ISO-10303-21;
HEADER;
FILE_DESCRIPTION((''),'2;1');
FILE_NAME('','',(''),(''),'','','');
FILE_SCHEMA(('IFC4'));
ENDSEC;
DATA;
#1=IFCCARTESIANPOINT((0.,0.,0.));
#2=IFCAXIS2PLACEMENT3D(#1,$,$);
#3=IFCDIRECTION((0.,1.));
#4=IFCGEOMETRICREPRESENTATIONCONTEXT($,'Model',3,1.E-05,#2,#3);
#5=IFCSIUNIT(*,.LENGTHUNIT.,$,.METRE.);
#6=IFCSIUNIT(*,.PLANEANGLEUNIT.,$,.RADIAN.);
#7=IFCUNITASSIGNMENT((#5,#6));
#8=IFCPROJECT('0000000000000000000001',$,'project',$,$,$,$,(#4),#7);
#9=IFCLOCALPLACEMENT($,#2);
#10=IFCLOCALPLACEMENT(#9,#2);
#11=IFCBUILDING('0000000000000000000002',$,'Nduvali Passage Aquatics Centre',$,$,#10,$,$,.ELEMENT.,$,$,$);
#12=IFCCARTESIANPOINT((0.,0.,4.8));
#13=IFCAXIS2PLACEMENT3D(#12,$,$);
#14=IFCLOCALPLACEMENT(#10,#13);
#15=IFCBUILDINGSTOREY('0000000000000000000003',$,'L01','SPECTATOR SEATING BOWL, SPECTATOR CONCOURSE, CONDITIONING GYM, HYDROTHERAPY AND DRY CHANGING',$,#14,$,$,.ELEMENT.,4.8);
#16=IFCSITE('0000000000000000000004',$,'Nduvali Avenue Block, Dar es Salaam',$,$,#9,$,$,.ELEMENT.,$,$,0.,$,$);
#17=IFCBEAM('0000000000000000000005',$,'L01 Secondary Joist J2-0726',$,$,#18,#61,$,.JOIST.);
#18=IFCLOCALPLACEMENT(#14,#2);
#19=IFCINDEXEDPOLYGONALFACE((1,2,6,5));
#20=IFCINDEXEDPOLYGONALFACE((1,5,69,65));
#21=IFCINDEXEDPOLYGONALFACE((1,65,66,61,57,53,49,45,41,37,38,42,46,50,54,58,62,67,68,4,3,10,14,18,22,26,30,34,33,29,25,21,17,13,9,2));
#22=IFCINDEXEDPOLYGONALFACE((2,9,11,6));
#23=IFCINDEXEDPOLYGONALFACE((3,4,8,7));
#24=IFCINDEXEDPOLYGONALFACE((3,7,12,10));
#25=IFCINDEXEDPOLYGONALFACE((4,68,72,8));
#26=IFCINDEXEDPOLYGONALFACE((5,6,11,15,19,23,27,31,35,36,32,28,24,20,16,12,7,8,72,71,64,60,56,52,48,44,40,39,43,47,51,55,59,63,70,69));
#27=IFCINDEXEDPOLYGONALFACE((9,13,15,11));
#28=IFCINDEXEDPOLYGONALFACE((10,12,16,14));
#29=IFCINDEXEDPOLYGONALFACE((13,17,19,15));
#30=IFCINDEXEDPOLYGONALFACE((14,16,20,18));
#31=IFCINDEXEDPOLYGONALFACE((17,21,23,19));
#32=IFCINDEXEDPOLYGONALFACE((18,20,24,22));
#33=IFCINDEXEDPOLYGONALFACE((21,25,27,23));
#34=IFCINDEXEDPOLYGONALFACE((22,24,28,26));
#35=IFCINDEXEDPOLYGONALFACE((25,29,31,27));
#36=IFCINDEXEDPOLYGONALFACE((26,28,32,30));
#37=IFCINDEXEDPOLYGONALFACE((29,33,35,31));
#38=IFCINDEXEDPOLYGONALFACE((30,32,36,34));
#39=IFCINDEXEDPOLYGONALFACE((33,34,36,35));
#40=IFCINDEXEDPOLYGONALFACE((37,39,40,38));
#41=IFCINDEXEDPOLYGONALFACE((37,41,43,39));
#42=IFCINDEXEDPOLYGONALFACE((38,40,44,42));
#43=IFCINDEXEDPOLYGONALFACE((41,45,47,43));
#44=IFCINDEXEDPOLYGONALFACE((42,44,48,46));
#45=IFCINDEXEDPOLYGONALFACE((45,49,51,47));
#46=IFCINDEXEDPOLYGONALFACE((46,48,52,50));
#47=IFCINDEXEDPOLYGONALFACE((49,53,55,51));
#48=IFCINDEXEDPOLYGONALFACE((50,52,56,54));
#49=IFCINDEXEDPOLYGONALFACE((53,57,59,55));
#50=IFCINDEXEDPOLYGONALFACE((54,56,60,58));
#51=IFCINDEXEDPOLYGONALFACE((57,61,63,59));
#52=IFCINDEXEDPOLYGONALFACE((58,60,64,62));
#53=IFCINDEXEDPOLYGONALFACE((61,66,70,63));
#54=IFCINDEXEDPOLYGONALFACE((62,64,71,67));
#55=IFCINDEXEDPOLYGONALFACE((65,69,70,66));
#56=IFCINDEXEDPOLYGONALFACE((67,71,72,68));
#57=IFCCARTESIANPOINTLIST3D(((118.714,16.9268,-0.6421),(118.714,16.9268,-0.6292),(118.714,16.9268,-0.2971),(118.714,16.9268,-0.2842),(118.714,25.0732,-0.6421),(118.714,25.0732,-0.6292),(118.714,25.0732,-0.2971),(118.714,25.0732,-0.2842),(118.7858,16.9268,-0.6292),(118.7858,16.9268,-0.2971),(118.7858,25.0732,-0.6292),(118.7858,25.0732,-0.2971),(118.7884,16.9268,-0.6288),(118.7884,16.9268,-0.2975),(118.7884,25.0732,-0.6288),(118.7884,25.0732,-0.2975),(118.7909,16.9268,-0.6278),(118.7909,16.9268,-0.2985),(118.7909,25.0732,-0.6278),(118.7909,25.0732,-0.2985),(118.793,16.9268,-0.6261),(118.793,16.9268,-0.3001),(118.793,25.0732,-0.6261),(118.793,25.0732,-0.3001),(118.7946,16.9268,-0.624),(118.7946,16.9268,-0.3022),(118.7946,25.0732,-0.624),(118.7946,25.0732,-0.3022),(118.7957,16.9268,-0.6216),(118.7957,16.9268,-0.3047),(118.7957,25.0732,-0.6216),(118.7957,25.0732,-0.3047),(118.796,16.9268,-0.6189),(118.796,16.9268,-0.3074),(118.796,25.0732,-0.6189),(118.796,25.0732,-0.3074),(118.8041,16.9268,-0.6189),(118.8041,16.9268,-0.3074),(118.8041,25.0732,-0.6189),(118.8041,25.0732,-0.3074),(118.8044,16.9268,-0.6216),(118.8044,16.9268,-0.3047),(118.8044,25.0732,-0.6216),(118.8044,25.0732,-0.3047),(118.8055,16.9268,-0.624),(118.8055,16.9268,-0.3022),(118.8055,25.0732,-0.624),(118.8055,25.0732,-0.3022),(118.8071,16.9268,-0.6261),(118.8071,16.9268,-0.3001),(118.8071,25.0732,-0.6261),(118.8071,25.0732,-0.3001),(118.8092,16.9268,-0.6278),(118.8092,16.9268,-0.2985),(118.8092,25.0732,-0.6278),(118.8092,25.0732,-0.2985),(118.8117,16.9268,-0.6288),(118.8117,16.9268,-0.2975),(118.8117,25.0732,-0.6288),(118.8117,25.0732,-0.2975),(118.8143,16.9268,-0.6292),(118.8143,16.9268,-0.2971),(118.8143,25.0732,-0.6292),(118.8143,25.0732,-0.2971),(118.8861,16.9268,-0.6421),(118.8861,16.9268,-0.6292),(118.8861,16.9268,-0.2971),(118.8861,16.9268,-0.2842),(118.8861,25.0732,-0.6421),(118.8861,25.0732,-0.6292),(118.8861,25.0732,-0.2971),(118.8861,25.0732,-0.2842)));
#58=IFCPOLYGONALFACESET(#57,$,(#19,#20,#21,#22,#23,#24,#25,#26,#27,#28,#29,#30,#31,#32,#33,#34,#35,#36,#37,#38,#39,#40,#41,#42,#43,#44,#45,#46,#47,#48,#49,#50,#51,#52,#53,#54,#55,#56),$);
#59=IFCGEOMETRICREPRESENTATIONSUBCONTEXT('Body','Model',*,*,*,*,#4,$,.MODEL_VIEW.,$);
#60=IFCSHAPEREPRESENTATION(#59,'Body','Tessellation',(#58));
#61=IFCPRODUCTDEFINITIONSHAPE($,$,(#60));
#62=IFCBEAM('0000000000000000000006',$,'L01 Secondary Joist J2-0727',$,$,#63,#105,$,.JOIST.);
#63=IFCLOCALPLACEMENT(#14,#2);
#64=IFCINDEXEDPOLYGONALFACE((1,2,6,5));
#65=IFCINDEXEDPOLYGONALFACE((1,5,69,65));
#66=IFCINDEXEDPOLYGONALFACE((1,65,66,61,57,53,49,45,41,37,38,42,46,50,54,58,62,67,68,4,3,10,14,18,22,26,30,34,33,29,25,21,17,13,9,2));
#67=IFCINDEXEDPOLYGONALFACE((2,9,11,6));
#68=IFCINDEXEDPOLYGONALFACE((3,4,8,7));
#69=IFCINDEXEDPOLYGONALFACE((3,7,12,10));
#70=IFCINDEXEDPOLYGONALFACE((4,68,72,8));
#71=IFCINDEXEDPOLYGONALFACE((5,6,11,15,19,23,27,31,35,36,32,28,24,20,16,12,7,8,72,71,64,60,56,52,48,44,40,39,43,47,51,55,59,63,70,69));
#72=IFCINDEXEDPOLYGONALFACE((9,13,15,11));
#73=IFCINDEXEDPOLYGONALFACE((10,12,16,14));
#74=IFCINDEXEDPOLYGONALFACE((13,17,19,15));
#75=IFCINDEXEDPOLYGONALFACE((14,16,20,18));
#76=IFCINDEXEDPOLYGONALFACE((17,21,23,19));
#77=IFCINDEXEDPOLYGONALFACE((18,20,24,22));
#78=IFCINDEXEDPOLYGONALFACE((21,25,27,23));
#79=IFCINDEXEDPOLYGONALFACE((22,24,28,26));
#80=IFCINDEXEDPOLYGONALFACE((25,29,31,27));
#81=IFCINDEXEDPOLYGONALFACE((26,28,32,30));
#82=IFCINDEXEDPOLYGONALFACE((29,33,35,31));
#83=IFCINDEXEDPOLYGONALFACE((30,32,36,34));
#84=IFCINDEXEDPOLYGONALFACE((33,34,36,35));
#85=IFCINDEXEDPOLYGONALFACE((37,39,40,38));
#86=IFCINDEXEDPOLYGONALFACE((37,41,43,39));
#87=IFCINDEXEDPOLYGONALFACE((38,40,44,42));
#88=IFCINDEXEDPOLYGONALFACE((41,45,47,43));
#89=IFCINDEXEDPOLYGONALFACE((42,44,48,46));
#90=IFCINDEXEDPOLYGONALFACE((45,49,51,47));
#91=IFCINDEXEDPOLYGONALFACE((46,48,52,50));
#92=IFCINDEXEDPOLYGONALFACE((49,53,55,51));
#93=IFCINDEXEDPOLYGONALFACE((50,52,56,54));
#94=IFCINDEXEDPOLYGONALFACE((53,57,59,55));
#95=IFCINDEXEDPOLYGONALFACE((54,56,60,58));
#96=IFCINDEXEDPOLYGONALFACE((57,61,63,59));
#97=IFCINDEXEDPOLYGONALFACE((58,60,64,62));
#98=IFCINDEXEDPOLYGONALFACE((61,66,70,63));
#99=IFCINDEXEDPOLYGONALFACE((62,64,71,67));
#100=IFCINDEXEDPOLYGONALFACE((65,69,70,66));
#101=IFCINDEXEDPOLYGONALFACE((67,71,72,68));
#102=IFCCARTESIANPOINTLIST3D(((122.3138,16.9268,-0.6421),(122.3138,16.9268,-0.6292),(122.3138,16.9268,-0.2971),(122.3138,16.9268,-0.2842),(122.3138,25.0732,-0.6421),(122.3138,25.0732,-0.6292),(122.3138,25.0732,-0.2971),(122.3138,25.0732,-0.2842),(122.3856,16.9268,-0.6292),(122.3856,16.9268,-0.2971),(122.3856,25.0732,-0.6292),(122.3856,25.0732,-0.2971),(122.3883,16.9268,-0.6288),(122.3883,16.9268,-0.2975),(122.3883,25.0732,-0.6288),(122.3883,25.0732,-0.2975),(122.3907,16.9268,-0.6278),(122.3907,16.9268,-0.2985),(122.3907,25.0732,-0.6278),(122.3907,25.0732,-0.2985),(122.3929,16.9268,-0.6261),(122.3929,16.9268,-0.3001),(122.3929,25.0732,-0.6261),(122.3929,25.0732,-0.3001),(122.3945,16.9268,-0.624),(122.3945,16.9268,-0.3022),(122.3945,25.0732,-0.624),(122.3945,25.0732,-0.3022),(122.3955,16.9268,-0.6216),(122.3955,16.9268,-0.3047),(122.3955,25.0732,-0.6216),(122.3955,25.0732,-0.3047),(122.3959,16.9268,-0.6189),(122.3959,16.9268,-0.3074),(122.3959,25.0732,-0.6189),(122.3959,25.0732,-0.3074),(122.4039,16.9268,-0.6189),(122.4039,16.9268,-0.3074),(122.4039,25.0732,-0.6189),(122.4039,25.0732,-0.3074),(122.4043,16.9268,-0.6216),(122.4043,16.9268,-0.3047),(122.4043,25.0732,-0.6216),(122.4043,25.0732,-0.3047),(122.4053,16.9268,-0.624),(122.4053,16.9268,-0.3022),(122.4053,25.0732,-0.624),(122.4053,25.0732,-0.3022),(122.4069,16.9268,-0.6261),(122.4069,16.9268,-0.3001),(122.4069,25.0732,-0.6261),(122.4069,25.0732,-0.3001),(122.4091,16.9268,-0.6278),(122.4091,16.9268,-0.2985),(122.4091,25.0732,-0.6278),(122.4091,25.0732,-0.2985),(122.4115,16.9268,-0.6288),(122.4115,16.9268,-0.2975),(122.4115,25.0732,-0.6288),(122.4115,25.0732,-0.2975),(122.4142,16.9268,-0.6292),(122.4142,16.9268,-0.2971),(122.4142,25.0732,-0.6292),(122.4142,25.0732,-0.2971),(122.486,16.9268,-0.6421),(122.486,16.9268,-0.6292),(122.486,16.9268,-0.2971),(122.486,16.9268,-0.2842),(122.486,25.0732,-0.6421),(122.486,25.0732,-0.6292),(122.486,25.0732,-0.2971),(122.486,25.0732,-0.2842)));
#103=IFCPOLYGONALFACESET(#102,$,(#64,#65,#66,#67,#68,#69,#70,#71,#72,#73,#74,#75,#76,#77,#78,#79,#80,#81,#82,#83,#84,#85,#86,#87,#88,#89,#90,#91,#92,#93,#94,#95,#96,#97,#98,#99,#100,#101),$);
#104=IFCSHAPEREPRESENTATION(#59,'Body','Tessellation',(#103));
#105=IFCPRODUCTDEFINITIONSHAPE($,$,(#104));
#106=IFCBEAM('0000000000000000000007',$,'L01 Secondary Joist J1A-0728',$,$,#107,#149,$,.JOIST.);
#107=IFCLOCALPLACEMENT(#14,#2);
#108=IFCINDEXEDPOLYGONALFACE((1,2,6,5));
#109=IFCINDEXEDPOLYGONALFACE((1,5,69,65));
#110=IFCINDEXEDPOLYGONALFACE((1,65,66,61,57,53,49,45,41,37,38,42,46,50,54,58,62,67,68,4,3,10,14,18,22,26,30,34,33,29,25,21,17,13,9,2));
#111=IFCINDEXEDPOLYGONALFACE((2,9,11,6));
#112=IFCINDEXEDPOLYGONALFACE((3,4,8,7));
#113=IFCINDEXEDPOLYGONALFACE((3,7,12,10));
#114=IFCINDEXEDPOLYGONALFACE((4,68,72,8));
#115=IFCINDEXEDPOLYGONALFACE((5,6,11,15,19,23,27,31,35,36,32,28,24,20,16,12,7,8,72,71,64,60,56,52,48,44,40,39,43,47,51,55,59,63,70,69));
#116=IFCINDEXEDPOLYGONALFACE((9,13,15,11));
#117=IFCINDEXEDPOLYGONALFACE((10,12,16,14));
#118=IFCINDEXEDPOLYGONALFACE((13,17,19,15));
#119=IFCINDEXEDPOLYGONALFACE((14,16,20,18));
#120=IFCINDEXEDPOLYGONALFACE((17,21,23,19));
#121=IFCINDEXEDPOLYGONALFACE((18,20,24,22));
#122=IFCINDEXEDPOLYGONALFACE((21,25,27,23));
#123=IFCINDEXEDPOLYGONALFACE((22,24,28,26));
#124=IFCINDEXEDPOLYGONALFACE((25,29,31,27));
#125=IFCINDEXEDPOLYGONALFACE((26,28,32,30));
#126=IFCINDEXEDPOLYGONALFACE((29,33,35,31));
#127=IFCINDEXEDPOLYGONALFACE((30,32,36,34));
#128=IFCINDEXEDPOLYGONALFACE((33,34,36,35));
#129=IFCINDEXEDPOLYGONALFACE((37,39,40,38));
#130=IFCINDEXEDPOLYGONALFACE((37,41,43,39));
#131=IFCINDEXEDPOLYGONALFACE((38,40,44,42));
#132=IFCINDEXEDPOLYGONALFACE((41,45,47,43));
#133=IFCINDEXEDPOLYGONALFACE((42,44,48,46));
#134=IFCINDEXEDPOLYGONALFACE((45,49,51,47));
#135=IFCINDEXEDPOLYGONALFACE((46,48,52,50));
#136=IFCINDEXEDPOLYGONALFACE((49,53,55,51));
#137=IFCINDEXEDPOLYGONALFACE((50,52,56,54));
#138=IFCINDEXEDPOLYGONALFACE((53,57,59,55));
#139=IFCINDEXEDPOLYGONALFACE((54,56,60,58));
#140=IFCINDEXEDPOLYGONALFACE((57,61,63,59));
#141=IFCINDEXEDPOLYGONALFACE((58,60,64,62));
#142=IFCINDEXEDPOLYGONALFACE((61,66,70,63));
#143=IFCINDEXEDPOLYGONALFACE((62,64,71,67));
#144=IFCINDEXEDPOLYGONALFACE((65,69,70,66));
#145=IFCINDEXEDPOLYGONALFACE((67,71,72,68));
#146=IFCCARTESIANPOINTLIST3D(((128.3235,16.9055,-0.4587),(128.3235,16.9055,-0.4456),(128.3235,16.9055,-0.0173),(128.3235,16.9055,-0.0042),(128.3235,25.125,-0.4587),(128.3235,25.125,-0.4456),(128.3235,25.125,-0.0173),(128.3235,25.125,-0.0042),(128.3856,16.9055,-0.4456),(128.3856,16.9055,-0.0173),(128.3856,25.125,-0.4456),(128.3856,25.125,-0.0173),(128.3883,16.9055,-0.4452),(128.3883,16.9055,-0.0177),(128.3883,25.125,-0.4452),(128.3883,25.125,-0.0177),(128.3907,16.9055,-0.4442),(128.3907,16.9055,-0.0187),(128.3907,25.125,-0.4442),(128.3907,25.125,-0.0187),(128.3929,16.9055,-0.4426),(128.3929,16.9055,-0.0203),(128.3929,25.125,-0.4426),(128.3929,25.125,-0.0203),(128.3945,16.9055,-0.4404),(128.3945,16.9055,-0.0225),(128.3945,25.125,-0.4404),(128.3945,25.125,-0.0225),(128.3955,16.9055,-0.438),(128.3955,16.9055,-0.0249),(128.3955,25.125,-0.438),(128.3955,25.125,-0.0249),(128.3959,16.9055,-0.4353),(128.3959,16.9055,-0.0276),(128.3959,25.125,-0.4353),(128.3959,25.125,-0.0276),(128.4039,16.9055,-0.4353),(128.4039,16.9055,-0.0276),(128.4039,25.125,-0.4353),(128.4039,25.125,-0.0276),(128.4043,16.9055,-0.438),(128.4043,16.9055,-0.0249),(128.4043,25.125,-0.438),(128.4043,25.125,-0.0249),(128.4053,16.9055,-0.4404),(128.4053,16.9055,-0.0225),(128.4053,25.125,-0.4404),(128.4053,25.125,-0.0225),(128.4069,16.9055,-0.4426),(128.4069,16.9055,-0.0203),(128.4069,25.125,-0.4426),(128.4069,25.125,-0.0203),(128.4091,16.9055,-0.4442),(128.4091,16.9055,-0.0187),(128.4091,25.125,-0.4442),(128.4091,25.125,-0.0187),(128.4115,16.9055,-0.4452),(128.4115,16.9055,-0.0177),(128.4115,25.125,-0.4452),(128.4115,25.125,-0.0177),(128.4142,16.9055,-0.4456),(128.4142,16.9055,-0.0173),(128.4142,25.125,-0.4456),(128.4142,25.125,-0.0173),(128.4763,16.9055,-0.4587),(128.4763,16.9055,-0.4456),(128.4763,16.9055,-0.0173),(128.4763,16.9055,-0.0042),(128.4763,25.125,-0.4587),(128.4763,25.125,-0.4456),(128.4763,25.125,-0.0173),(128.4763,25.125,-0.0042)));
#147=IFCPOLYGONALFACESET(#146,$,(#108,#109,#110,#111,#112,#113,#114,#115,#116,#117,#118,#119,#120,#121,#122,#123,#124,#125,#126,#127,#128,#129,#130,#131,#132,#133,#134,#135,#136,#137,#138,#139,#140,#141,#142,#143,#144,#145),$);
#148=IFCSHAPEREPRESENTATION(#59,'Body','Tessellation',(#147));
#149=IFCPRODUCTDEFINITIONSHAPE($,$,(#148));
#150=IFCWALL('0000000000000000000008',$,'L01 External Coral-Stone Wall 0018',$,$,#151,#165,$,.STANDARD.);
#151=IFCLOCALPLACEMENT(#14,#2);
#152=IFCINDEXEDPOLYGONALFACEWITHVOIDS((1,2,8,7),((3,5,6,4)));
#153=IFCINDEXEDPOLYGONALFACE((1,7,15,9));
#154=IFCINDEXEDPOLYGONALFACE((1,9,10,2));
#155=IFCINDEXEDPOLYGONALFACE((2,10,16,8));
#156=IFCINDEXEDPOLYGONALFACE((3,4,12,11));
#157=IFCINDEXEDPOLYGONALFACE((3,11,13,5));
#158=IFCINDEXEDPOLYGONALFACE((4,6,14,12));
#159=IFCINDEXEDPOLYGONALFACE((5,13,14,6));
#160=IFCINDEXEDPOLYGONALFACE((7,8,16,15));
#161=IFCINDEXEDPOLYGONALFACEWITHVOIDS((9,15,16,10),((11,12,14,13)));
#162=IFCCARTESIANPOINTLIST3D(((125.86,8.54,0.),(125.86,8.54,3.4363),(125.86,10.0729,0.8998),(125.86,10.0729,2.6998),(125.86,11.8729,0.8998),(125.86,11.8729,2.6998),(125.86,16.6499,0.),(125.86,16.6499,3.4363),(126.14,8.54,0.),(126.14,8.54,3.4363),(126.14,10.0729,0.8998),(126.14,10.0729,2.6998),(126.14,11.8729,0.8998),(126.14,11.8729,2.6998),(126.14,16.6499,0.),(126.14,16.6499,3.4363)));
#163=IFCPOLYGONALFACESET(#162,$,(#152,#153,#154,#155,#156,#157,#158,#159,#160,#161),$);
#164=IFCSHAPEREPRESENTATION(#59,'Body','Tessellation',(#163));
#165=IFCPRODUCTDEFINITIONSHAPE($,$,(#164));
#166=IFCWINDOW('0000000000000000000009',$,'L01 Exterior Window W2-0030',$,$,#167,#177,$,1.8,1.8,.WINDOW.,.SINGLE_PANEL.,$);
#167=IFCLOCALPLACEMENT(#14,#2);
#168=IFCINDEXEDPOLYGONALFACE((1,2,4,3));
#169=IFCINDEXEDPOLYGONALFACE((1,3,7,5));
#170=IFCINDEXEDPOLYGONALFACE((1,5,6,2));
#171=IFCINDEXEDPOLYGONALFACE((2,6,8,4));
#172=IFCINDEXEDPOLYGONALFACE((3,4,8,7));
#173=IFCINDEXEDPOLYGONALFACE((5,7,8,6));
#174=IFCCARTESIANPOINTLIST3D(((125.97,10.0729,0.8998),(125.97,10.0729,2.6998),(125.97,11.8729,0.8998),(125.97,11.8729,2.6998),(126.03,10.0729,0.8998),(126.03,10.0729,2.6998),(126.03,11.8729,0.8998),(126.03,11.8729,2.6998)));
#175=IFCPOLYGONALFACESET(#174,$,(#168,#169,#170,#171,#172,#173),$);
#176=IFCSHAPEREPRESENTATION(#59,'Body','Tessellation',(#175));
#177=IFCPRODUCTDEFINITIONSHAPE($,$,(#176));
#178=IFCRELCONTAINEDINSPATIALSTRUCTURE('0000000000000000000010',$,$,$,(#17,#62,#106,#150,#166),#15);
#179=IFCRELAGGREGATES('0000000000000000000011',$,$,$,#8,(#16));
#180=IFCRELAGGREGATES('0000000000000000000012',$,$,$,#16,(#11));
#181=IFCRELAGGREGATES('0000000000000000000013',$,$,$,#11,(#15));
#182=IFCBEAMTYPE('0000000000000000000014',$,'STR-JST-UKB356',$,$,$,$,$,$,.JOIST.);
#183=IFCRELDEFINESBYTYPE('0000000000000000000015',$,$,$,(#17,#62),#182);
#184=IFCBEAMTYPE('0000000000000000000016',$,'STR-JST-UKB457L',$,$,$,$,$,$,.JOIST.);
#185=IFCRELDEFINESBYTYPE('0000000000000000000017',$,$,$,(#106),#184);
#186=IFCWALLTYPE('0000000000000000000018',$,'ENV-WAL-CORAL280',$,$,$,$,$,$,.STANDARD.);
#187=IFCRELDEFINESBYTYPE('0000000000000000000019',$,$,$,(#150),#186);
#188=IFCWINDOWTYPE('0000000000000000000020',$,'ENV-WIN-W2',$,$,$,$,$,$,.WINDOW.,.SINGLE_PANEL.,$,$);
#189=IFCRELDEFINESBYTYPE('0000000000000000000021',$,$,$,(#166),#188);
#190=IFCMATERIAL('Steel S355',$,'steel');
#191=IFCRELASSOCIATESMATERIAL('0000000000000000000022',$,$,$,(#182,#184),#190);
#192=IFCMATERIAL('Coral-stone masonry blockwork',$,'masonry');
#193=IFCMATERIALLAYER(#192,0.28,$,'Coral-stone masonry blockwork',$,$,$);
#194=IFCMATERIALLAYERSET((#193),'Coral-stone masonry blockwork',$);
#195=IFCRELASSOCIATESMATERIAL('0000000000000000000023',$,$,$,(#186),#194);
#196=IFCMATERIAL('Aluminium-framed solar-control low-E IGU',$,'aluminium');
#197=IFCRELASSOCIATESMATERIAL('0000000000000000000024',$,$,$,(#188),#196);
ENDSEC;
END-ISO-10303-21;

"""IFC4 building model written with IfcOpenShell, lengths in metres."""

from ifc_helpers import new_model, si_unit, direction, frame, frame_2d, origin, origin_2d, place, context, subcontext, project, spatial, rectangle, i_section, extrude, material, layer, layer_set, material_profile, profile_set, type_object, element, fill, save


model = new_model("IFC4")

# Units and contexts
model_context = context("Model", 3, precision=1e-05, world=origin(), true_north=direction((0.0, 1.0)))
body_context = subcontext(model_context, "Body", "Model", "MODEL_VIEW")
ifc_project = project(units=[si_unit("LENGTHUNIT", "METRE"), si_unit("PLANEANGLEUNIT", "RADIAN")], contexts=[model_context])

# Site, building, storey
site_placement = place(None, origin())
site = spatial("IfcSite", under=ifc_project, at=site_placement, Name="Nduvali Avenue Block, Dar es Salaam", CompositionType="ELEMENT", RefElevation=0.0)
building_placement = place(site_placement, origin())
building = spatial("IfcBuilding", under=site, at=building_placement, Name="Nduvali Passage Aquatics Centre", CompositionType="ELEMENT")
storey_placement = place(building_placement, frame((0.0, 0.0, 4.8)))
storey = spatial("IfcBuildingStorey", under=building, at=storey_placement, Name="L01", Description="SPECTATOR SEATING BOWL, SPECTATOR CONCOURSE, CONDITIONING GYM, HYDROTHERAPY AND DRY CHANGING", CompositionType="ELEMENT", Elevation=4.8)

# Shared definitions
ifc_material_1 = material(Name="Steel S355", Category="steel")

# Beams
ifc_material_profile_1 = material_profile(ifc_material_1, i_section(OverallWidth=0.1721, OverallDepth=0.3579, WebThickness=0.0081, FlangeThickness=0.0129, FilletRadius=0.0103, at=origin_2d()), Name="UKB 356x171x57")
ifc_profile_set_1 = profile_set([ifc_material_profile_1], Name="Steel S355")
beam_type_1 = type_object("IfcBeamType", Name="STR-JST-UKB356", PredefinedType="JOIST", material=ifc_profile_set_1)
for number, where, z_axis, x_axis, name in (
    (1, (118.8, 16.9268, -0.4631), (0.0, 1.0, 0.0), (-1.0, 0.0, 0.0), "L01 Secondary Joist J2-0726"),
    (2, (122.3999, 16.9268, -0.4631), (0.0, 1.0, 0.0), (-1.0, 0.0, 0.0), "L01 Secondary Joist J2-0727"),
):
    element("IfcBeam", number, at=place(storey_placement, frame(where, z_axis=z_axis, x_axis=x_axis)), inside=storey, type_object=beam_type_1, Name=name, PredefinedType="JOIST", context=body_context, shape_type="SweptSolid", body=[
        extrude(i_section(OverallWidth=0.1721, OverallDepth=0.3579, WebThickness=0.0081, FlangeThickness=0.0129, FilletRadius=0.0103, at=origin_2d()), origin(), (0.0, 0.0, 1.0), 8.1465),
    ])
ifc_material_profile_2 = material_profile(ifc_material_1, i_section(OverallWidth=0.1528, OverallDepth=0.4546, WebThickness=0.0081, FlangeThickness=0.0132, FilletRadius=0.0103, at=origin_2d()), Name="UKB 457x152x60")
ifc_profile_set_2 = profile_set([ifc_material_profile_2], Name="Steel S355")
beam_type_2 = type_object("IfcBeamType", Name="STR-JST-UKB457L", PredefinedType="JOIST", material=ifc_profile_set_2)
beam_1_placement = place(storey_placement, frame((128.3999, 16.9055, -0.2314), z_axis=(0.0, 1.0, 0.0), x_axis=(-1.0, 0.0, 0.0)))
element("IfcBeam", 3, at=beam_1_placement, inside=storey, type_object=beam_type_2, Name="L01 Secondary Joist J1A-0728", PredefinedType="JOIST", context=body_context, shape_type="SweptSolid", body=[
    extrude(i_section(OverallWidth=0.1528, OverallDepth=0.4546, WebThickness=0.0081, FlangeThickness=0.0132, FilletRadius=0.0103, at=origin_2d()), origin(), (0.0, 0.0, 1.0), 8.2195),
])

# Wall, opening, window
ifc_material_2 = material(Name="Coral-stone masonry blockwork", Category="masonry")
ifc_layer_1 = layer(ifc_material_2, 0.28, Name="Coral-stone masonry blockwork")
ifc_layer_set_1 = layer_set([ifc_layer_1], Name="Coral-stone masonry blockwork")
wall_type_1 = type_object("IfcWallType", Name="ENV-WAL-CORAL280", PredefinedType="STANDARD", material=ifc_layer_set_1)
wall_1_placement = place(storey_placement, frame((126.0, 8.54, 0.0), z_axis=(0.0, 0.0, 1.0), x_axis=(0.0, 1.0, 0.0)))
wall_1 = element("IfcWall", 4, at=wall_1_placement, inside=storey, type_object=wall_type_1, Name="L01 External Coral-Stone Wall 0018", PredefinedType="STANDARD", context=body_context, shape_type="SweptSolid", body=[
    extrude(rectangle(XDim=8.1099, YDim=0.28, at=frame_2d((4.0549, 0.0))), origin(), (0.0, 0.0, 1.0), 3.4363),
])
opening_1_placement = place(wall_1_placement, frame((1.533, 0.0, 0.8999)))
opening_1 = element("IfcOpeningElement", 5, at=opening_1_placement, cuts=wall_1, PredefinedType="OPENING", context=body_context, shape_type="SweptSolid", body=[
    extrude(rectangle(XDim=1.8, YDim=1.8, at=frame_2d((0.8999, 0.8999))), frame((0.0, 0.1548, 0.0), z_axis=(0.0, -1.0, 0.0), x_axis=(1.0, 0.0, 0.0)), (0.0, 0.0, 1.0), 0.3098),
])
ifc_material_3 = material(Name="Aluminium-framed solar-control low-E IGU", Category="aluminium")
window_type_1 = type_object("IfcWindowType", Name="ENV-WIN-W2", PartitioningType="SINGLE_PANEL", PredefinedType="WINDOW", material=ifc_material_3)
window_1_placement = place(opening_1_placement, origin())
window_1 = element("IfcWindow", 6, at=window_1_placement, inside=storey, type_object=window_type_1, Name="L01 Exterior Window W2-0030", OverallHeight=1.8, OverallWidth=1.8, PartitioningType="SINGLE_PANEL", PredefinedType="WINDOW", context=body_context, shape_type="SweptSolid", body=[
    extrude(rectangle(XDim=1.8, YDim=1.8, at=frame_2d((0.8999, 0.8999))), frame((0.0, 0.03, 0.0), z_axis=(0.0, -1.0, 0.0), x_axis=(1.0, 0.0, 0.0)), (0.0, 0.0, 1.0), 0.0601),
])
fill(opening_1, window_1)

save(model, "model.ifc")
